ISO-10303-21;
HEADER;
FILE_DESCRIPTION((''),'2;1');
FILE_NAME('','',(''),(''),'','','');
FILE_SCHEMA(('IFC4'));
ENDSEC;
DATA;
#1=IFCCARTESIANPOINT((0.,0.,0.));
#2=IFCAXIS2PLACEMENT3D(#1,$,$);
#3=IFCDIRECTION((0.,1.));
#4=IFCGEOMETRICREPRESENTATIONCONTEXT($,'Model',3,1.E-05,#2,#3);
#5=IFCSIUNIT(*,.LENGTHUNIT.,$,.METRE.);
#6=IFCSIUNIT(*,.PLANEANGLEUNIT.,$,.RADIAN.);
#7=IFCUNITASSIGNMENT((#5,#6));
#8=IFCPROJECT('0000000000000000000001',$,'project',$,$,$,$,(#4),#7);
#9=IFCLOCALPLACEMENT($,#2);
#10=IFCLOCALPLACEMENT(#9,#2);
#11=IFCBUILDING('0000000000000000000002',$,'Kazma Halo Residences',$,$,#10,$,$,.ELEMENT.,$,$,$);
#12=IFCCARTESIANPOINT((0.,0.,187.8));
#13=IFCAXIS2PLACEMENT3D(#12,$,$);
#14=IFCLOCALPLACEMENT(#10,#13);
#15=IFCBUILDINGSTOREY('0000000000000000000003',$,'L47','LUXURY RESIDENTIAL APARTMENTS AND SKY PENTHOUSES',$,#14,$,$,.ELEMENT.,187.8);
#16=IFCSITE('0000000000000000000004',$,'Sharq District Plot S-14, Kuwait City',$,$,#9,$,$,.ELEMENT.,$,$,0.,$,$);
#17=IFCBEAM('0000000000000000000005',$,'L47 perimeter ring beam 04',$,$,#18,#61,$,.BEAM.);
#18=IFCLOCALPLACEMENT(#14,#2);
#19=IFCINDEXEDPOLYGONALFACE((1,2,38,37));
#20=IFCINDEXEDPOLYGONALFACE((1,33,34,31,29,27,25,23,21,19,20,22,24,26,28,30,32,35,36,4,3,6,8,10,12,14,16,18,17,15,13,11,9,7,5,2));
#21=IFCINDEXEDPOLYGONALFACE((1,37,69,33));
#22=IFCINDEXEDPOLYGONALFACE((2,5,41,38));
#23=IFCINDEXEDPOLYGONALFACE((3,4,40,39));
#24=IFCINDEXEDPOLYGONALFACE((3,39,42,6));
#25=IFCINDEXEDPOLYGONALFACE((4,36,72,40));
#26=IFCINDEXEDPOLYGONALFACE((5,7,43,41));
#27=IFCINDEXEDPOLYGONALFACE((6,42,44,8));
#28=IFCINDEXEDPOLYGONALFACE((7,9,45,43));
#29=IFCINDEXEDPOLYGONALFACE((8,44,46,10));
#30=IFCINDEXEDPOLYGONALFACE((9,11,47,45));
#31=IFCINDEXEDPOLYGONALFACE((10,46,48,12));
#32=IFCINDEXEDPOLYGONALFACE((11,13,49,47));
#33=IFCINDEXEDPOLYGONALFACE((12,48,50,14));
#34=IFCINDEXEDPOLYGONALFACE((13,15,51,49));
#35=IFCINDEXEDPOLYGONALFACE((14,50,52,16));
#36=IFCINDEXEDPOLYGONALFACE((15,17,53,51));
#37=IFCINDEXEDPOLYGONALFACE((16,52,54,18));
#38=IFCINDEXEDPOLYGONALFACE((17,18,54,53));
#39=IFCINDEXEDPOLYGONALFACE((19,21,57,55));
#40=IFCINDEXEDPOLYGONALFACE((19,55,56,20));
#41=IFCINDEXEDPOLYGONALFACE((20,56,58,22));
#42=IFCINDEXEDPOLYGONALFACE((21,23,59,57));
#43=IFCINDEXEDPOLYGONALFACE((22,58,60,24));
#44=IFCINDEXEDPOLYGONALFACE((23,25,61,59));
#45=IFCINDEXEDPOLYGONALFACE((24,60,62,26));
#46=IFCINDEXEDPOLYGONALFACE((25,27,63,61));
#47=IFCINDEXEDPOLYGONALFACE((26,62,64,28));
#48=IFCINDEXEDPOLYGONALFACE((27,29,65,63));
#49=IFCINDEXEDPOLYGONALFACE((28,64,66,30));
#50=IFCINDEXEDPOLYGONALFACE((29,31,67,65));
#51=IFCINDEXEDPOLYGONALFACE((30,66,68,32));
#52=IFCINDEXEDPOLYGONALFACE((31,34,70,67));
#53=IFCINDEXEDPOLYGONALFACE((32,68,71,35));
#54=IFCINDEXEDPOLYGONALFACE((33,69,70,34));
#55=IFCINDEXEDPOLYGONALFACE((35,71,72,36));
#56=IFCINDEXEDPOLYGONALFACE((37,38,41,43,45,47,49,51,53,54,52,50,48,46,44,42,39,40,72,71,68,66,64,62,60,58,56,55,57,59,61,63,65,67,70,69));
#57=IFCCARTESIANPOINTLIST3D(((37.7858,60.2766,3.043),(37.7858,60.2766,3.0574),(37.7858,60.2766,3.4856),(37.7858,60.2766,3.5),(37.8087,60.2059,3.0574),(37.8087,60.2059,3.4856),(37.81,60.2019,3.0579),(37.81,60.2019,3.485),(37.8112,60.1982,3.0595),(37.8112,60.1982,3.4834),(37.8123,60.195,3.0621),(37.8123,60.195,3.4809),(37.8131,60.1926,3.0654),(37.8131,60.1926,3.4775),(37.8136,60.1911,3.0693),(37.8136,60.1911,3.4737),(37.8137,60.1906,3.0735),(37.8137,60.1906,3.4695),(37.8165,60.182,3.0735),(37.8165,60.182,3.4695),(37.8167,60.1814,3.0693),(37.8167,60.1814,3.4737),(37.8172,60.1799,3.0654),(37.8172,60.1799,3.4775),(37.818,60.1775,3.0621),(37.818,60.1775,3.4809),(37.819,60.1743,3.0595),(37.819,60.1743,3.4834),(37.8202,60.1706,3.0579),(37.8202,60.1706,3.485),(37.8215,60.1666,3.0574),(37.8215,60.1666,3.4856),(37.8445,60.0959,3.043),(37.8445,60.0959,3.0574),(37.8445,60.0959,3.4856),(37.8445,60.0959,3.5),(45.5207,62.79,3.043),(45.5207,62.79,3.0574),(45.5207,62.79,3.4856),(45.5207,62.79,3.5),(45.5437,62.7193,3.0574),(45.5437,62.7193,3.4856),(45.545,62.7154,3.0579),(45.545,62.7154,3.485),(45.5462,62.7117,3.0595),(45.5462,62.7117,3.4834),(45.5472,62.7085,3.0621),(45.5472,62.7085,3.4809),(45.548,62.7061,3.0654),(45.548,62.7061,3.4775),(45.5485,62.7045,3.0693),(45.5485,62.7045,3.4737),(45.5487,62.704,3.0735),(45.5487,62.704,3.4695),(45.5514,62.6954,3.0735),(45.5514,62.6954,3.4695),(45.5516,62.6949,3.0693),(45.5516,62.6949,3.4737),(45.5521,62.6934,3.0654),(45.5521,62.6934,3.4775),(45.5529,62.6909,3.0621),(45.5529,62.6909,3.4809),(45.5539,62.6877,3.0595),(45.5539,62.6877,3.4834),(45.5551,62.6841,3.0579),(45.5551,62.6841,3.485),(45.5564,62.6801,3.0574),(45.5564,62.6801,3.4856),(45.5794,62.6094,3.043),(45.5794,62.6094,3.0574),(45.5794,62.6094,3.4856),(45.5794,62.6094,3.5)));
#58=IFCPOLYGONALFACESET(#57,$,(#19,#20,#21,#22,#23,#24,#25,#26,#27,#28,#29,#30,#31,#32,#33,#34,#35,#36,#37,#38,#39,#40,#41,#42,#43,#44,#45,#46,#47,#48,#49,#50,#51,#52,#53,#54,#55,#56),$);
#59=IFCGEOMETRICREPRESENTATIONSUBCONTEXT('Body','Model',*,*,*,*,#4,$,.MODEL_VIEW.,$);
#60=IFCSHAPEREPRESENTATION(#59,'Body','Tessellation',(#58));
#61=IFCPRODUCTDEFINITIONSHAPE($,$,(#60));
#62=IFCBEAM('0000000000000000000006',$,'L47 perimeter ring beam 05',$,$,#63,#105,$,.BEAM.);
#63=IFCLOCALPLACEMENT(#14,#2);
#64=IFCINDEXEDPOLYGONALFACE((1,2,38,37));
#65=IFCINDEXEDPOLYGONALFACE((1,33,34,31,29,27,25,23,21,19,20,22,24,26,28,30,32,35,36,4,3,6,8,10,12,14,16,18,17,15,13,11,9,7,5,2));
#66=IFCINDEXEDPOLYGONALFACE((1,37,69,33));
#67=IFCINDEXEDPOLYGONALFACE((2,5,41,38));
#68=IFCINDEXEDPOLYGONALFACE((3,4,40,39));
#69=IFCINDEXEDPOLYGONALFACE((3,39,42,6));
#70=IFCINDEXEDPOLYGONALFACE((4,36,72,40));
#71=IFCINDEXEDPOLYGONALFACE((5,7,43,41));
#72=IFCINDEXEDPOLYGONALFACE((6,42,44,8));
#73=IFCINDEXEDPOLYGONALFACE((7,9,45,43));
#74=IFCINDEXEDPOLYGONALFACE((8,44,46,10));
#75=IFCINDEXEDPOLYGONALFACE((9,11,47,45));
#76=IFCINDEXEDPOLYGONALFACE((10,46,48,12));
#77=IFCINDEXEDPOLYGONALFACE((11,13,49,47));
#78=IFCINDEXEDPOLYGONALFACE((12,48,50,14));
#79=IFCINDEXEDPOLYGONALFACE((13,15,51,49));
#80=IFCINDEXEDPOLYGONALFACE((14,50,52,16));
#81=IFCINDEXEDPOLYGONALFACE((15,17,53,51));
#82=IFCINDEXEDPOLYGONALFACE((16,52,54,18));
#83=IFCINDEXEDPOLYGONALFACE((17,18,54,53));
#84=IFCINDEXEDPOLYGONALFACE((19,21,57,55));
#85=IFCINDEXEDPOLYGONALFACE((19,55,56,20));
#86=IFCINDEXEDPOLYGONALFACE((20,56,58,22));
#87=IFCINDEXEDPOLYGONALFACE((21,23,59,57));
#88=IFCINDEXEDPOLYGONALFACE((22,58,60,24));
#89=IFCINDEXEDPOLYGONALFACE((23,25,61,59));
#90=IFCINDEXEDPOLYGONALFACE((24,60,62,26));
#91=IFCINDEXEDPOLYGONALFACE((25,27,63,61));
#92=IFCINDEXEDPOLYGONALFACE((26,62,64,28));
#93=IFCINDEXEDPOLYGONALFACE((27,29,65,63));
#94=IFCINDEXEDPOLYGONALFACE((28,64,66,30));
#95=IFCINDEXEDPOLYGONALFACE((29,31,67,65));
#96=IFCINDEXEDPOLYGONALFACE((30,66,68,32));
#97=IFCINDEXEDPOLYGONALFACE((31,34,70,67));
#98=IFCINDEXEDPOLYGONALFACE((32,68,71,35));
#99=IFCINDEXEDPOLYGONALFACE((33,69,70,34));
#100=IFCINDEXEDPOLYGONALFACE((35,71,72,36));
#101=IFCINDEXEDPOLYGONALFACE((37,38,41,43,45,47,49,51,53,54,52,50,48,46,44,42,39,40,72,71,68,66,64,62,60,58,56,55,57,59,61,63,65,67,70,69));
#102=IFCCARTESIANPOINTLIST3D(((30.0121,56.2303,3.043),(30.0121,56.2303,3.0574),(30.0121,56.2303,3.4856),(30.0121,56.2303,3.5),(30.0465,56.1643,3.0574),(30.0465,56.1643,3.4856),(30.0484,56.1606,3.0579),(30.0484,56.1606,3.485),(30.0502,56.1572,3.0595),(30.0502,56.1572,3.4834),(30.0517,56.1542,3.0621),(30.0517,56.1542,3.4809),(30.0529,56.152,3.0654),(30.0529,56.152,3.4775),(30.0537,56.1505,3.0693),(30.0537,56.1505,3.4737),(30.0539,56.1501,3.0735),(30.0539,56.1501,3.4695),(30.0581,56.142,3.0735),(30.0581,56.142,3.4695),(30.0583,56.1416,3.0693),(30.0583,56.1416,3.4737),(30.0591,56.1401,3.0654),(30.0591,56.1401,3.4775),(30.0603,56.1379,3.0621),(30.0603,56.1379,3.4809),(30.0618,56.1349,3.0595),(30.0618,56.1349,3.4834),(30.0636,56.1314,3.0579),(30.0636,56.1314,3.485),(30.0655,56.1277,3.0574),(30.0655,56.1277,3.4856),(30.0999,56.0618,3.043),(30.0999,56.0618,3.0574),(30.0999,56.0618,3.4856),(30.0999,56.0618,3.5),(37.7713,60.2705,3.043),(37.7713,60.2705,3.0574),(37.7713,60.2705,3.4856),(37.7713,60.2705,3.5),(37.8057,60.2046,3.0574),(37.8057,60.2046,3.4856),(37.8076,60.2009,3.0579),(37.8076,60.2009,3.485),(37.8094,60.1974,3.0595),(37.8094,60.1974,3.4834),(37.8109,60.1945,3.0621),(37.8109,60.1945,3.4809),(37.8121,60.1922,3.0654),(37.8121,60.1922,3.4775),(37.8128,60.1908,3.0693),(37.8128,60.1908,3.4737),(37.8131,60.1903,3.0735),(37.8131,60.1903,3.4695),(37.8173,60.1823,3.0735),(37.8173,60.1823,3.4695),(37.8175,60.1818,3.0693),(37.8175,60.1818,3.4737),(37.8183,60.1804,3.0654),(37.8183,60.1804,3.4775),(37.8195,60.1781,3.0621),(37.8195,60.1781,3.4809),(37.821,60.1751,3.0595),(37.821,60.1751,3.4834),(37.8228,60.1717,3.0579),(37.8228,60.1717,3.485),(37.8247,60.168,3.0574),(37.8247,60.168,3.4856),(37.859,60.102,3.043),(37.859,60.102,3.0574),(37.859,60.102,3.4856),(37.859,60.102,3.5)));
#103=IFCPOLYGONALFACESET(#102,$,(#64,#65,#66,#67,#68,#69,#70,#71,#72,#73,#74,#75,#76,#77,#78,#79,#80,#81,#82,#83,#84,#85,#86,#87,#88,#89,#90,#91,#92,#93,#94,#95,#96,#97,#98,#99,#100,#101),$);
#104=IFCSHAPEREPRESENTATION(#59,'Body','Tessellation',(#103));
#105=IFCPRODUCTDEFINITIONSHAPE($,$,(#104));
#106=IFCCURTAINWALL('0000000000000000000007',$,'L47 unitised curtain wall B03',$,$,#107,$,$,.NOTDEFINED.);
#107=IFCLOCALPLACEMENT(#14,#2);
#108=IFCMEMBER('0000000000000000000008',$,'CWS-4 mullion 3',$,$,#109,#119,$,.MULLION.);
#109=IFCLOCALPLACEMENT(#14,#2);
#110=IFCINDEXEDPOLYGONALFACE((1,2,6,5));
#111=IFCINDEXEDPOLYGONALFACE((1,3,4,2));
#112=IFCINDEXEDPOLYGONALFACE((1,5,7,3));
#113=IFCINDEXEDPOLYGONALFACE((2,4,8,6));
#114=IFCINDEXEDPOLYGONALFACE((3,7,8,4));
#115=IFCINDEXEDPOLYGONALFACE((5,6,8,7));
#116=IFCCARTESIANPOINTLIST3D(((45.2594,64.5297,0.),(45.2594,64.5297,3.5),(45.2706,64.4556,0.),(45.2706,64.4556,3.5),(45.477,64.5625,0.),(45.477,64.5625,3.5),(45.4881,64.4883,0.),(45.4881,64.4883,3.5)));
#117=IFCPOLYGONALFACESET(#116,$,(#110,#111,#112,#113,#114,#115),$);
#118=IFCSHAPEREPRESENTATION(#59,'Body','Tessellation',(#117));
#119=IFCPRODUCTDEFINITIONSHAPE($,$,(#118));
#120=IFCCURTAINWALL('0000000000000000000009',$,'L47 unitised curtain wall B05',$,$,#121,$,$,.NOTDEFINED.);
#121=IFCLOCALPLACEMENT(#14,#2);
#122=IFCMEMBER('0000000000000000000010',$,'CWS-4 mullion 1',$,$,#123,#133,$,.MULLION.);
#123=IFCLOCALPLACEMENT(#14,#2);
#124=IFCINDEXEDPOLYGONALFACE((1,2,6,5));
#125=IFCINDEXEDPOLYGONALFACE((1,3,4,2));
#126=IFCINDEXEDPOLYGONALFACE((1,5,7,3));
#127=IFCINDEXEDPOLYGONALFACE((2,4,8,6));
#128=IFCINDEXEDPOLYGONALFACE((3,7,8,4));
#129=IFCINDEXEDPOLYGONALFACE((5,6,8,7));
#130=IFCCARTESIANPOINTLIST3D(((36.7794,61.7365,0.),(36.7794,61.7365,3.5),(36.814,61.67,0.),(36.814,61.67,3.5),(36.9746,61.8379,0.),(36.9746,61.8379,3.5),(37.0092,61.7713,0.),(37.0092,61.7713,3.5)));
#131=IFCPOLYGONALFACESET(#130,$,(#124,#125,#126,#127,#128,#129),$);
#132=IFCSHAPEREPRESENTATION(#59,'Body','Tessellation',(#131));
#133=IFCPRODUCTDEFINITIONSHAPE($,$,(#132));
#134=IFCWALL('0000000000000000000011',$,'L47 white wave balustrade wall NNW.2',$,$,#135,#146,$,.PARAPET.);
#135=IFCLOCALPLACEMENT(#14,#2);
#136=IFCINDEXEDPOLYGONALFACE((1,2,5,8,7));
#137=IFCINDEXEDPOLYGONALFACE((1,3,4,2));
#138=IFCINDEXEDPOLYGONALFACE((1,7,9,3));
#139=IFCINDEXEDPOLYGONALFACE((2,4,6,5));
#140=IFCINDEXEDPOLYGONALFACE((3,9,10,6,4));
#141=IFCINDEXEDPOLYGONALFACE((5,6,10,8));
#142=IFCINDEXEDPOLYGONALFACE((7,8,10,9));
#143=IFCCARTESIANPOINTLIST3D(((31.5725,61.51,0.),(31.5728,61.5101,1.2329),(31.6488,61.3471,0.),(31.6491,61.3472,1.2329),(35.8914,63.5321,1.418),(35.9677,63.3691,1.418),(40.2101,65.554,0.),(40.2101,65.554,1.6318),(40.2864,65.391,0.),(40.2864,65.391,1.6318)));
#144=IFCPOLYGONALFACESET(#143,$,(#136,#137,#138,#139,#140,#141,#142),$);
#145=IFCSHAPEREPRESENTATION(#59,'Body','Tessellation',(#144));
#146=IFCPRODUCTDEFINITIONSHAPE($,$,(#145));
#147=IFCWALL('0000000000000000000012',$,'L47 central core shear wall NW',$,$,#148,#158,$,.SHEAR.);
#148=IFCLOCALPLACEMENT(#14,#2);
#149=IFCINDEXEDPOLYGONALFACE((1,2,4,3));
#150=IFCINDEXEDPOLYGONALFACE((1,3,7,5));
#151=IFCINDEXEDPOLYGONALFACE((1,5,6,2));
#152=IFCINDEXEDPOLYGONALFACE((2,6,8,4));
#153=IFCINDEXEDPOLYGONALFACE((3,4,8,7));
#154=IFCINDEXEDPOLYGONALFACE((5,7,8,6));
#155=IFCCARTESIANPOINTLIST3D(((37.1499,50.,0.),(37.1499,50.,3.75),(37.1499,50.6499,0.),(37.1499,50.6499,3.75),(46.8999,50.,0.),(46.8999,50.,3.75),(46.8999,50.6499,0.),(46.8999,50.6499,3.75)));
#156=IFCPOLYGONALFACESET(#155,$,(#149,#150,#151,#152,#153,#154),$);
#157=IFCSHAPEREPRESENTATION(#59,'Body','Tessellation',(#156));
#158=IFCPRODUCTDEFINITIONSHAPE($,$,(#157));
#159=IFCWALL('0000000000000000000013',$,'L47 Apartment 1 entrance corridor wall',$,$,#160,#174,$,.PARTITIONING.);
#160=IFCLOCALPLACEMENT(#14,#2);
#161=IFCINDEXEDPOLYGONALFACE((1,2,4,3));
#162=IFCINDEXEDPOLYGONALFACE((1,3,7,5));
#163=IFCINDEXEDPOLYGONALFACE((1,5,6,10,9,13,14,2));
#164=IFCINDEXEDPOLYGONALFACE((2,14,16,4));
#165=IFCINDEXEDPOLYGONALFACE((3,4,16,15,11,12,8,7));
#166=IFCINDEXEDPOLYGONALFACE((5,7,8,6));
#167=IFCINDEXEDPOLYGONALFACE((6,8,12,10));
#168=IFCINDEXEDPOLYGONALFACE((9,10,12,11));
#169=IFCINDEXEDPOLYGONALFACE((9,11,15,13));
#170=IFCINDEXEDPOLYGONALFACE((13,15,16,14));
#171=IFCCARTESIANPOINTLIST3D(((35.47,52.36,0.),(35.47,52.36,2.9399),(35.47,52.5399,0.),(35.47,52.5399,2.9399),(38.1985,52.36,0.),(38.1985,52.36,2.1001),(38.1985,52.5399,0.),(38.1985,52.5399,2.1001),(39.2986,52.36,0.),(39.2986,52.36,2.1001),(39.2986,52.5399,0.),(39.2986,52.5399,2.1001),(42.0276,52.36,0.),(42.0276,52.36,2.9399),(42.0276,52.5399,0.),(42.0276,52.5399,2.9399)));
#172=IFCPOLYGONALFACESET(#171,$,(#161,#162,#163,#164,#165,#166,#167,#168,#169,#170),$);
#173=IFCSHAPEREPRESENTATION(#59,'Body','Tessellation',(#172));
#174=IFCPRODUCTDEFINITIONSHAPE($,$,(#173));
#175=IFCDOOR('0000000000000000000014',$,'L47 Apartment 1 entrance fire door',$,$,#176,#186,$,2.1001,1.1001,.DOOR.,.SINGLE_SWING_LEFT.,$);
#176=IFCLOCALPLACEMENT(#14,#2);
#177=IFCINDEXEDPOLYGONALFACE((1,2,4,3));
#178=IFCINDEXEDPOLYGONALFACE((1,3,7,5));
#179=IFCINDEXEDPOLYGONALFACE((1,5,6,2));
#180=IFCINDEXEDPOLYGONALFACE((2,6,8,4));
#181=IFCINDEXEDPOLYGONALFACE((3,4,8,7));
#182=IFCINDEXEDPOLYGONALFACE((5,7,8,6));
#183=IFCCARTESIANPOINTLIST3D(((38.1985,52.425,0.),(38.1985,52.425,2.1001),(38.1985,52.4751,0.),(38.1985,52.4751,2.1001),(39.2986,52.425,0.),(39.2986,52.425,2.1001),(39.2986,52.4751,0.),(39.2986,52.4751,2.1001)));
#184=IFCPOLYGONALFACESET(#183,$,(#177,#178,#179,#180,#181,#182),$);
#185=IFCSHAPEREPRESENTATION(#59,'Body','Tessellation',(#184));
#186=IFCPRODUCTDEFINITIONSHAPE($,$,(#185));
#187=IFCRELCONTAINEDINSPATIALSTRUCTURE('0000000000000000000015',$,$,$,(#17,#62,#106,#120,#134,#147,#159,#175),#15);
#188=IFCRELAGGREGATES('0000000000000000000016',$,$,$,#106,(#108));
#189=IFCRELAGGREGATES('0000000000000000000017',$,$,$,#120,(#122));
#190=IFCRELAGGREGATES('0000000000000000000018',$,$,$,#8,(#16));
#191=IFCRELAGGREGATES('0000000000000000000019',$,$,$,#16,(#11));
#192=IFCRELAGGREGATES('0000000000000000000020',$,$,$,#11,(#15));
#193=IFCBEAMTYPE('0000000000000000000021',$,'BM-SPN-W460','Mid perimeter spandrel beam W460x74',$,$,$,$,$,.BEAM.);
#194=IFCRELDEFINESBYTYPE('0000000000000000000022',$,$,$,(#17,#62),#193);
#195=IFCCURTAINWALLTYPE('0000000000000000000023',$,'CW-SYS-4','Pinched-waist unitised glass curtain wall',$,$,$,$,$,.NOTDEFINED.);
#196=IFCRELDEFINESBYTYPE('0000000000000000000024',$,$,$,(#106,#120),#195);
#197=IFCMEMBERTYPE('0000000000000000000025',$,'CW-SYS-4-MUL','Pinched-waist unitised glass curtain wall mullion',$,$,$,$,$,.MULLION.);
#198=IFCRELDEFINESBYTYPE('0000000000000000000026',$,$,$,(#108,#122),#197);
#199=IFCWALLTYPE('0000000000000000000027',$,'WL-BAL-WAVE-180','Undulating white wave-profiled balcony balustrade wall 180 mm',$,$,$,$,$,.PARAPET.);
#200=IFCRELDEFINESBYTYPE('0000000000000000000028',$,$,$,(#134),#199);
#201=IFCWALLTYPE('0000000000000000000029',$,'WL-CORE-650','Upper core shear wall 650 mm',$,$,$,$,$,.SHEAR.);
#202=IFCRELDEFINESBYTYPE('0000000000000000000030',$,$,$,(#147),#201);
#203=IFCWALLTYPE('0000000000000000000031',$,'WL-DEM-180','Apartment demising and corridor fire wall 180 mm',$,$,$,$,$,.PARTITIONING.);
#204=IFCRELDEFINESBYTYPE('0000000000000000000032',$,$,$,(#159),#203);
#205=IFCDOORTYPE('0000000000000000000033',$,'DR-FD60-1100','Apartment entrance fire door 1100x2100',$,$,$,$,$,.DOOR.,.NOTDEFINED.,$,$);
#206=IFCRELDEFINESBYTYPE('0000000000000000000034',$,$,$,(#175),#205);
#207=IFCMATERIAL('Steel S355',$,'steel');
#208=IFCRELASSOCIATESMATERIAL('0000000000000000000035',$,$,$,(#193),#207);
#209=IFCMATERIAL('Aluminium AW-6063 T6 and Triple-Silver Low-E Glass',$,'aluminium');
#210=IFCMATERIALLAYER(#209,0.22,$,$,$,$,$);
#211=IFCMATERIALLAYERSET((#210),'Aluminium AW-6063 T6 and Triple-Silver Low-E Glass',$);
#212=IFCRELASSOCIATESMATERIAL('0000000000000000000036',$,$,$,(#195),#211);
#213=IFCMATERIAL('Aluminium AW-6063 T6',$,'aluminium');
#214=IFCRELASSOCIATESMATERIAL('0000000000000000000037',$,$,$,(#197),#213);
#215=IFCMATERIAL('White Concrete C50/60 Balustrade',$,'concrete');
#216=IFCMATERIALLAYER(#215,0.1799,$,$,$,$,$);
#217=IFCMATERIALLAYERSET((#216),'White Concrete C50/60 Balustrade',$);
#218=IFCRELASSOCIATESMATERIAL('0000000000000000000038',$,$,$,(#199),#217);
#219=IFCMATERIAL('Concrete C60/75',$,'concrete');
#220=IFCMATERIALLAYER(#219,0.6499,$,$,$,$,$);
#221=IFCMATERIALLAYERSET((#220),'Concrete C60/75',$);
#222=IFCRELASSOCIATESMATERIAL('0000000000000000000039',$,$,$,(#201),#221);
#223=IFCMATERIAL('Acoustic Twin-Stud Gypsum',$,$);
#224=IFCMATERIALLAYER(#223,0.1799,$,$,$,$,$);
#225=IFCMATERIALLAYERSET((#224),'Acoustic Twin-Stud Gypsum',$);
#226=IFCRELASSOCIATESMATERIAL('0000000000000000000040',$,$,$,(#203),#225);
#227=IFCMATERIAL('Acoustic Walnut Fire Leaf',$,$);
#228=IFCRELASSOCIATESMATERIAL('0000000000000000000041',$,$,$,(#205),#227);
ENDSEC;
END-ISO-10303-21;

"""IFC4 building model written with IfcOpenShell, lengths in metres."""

from ifc_helpers import new_model, si_unit, direction, frame, frame_2d, origin, origin_2d, place, context, subcontext, project, spatial, polyline, rectangle, i_section, outline, extrude, material, layer, layer_set, material_profile, profile_set, type_object, element, fill, aggregate, save


model = new_model("IFC4")

# Units and contexts
model_context = context("Model", 3, precision=1e-05, world=origin(), true_north=direction((0.0, 1.0)))
body_context = subcontext(model_context, "Body", "Model", "MODEL_VIEW")
ifc_project = project(units=[si_unit("LENGTHUNIT", "METRE"), si_unit("PLANEANGLEUNIT", "RADIAN")], contexts=[model_context])

# Site, building, storey
site_placement = place(None, origin())
site = spatial("IfcSite", under=ifc_project, at=site_placement, Name="Sharq District Plot S-14, Kuwait City", CompositionType="ELEMENT", RefElevation=0.0)
building_placement = place(site_placement, origin())
building = spatial("IfcBuilding", under=site, at=building_placement, Name="Kazma Halo Residences", CompositionType="ELEMENT")
storey_placement = place(building_placement, frame((0.0, 0.0, 187.8)))
storey = spatial("IfcBuildingStorey", under=building, at=storey_placement, Name="L47", Description="LUXURY RESIDENTIAL APARTMENTS AND SKY PENTHOUSES", CompositionType="ELEMENT", Elevation=187.8)

# Beams
ifc_material_1 = material(Name="Steel S355", Category="steel")
ifc_material_profile_1 = material_profile(ifc_material_1, i_section(OverallWidth=0.1899, OverallDepth=0.457, WebThickness=0.009, FlangeThickness=0.0144, FilletRadius=0.0161, at=origin_2d()), Name="W460x74")
ifc_profile_set_1 = profile_set([ifc_material_profile_1], Name="Steel S355")
beam_type_1 = type_object("IfcBeamType", Name="BM-SPN-W460", Description="Mid perimeter spandrel beam W460x74", PredefinedType="BEAM", material=ifc_profile_set_1)
beam_1_placement = place(storey_placement, frame((45.55, 62.6997, 3.2715), z_axis=(-0.951049, -0.309041, 0.0), x_axis=(0.309041, -0.951049, 0.0)))
element("IfcBeam", 1, at=beam_1_placement, inside=storey, type_object=beam_type_1, Name="L47 perimeter ring beam 04", PredefinedType="BEAM", context=body_context, shape_type="SweptSolid", body=[
    extrude(i_section(OverallWidth=0.1899, OverallDepth=0.457, WebThickness=0.009, FlangeThickness=0.0144, FilletRadius=0.0161, at=origin_2d()), origin(), (0.0, 0.0, 1.0), 8.1331),
])
beam_2_placement = place(storey_placement, frame((37.8152, 60.1863, 3.2715), z_axis=(-0.886961, -0.461844, 0.0), x_axis=(0.461844, -0.886961, 0.0)))
element("IfcBeam", 2, at=beam_2_placement, inside=storey, type_object=beam_type_1, Name="L47 perimeter ring beam 05", PredefinedType="BEAM", context=body_context, shape_type="SweptSolid", body=[
    extrude(i_section(OverallWidth=0.1899, OverallDepth=0.457, WebThickness=0.009, FlangeThickness=0.0144, FilletRadius=0.0161, at=origin_2d()), origin(), (0.0, 0.0, 1.0), 8.748),
])

# Curtain walls, members
ifc_material_2 = material(Name="Aluminium AW-6063 T6 and Triple-Silver Low-E Glass", Category="aluminium")
ifc_layer_1 = layer(ifc_material_2, 0.22)
ifc_layer_set_1 = layer_set([ifc_layer_1], Name="Aluminium AW-6063 T6 and Triple-Silver Low-E Glass")
curtain_wall_type = type_object("IfcCurtainWallType", Name="CW-SYS-4", Description="Pinched-waist unitised glass curtain wall", PredefinedType="NOTDEFINED", material=ifc_layer_set_1)
curtain_wall_1_placement = place(storey_placement, origin())
curtain_wall_1 = element("IfcCurtainWall", 3, at=curtain_wall_1_placement, inside=storey, type_object=curtain_wall_type, Name="L47 unitised curtain wall B03", PredefinedType="NOTDEFINED")
ifc_material_3 = material(Name="Aluminium AW-6063 T6", Category="aluminium")
ifc_material_profile_2 = material_profile(ifc_material_3, rectangle(XDim=0.075, YDim=0.22, at=origin_2d()), Name="CWM-75x220")
ifc_profile_set_2 = profile_set([ifc_material_profile_2], Name="Aluminium AW-6063 T6")
member_type = type_object("IfcMemberType", Name="CW-SYS-4-MUL", Description="Pinched-waist unitised glass curtain wall mullion", PredefinedType="MULLION", material=ifc_profile_set_2)
member_1_placement = place(storey_placement, frame((45.3738, 64.509, 0.0), z_axis=(0.0, 0.0, 1.0), x_axis=(0.148773, -0.988871, 0.0)))
member_1 = element("IfcMember", 4, at=member_1_placement, type_object=member_type, Name="CWS-4 mullion 3", PredefinedType="MULLION", context=body_context, shape_type="SweptSolid", body=[
    extrude(rectangle(XDim=0.075, YDim=0.22, at=origin_2d()), origin(), (0.0, 0.0, 1.0), 3.5),
])
aggregate(curtain_wall_1, [member_1])
curtain_wall_2_placement = place(storey_placement, origin())
curtain_wall_2 = element("IfcCurtainWall", 5, at=curtain_wall_2_placement, inside=storey, type_object=curtain_wall_type, Name="L47 unitised curtain wall B05", PredefinedType="NOTDEFINED")
member_2_placement = place(storey_placement, frame((36.8943, 61.7539, 0.0), z_axis=(0.0, 0.0, 1.0), x_axis=(0.460874, -0.887466, 0.0)))
member_2 = element("IfcMember", 6, at=member_2_placement, type_object=member_type, Name="CWS-4 mullion 1", PredefinedType="MULLION", context=body_context, shape_type="SweptSolid", body=[
    extrude(rectangle(XDim=0.075, YDim=0.22, at=origin_2d()), origin(), (0.0, 0.0, 1.0), 3.5),
])
aggregate(curtain_wall_2, [member_2])

# Walls
ifc_material_4 = material(Name="White Concrete C50/60 Balustrade", Category="concrete")
ifc_layer_2 = layer(ifc_material_4, 0.1799)
ifc_layer_set_2 = layer_set([ifc_layer_2], Name="White Concrete C50/60 Balustrade")
wall_type_1 = type_object("IfcWallType", Name="WL-BAL-WAVE-180", Description="Undulating white wave-profiled balcony balustrade wall 180 mm", PredefinedType="PARAPET", material=ifc_layer_set_2)
wall_1_placement = place(storey_placement, frame((40.2483, 65.4724, 0.0), z_axis=(0.0, 0.0, 1.0), x_axis=(-0.905655, -0.424016, 0.0)))
element("IfcWall", 7, at=wall_1_placement, inside=storey, type_object=wall_type_1, Name="L47 white wave balustrade wall NNW.2", PredefinedType="PARAPET", context=body_context, shape_type="SweptSolid", body=[
    extrude(outline(polyline([(0.0, 0.0), (9.5374, 0.0), (9.5371, 1.2329), (4.7686, 1.418), (0.0, 1.6318), (0.0, 0.0)])), frame((0.0, 0.0898, 0.0), z_axis=(0.0, -1.0, 0.0), x_axis=(1.0, 0.0, 0.0)), (0.0, 0.0, 1.0), 0.1799),
])
ifc_material_5 = material(Name="Concrete C60/75", Category="concrete")
ifc_layer_3 = layer(ifc_material_5, 0.6499)
ifc_layer_set_3 = layer_set([ifc_layer_3], Name="Concrete C60/75")
wall_type_2 = type_object("IfcWallType", Name="WL-CORE-650", Description="Upper core shear wall 650 mm", PredefinedType="SHEAR", material=ifc_layer_set_3)
wall_2_placement = place(storey_placement, frame((37.1499, 50.325, 0.0), z_axis=(0.0, 0.0, 1.0), x_axis=(1.0, 0.0, 0.0)))
element("IfcWall", 8, at=wall_2_placement, inside=storey, type_object=wall_type_2, Name="L47 central core shear wall NW", PredefinedType="SHEAR", context=body_context, shape_type="SweptSolid", body=[
    extrude(rectangle(XDim=9.75, YDim=0.6499, at=frame_2d((4.875, 0.0))), origin(), (0.0, 0.0, 1.0), 3.75),
])

# Wall, opening, door
ifc_material_6 = material(Name="Acoustic Twin-Stud Gypsum")
ifc_layer_4 = layer(ifc_material_6, 0.1799)
ifc_layer_set_4 = layer_set([ifc_layer_4], Name="Acoustic Twin-Stud Gypsum")
wall_type_3 = type_object("IfcWallType", Name="WL-DEM-180", Description="Apartment demising and corridor fire wall 180 mm", PredefinedType="PARTITIONING", material=ifc_layer_set_4)
wall_3_placement = place(storey_placement, frame((42.0276, 52.45, 0.0), z_axis=(0.0, 0.0, 1.0), x_axis=(-1.0, 0.0, 0.0)))
wall_3 = element("IfcWall", 9, at=wall_3_placement, inside=storey, type_object=wall_type_3, Name="L47 Apartment 1 entrance corridor wall", PredefinedType="PARTITIONING", context=body_context, shape_type="SweptSolid", body=[
    extrude(rectangle(XDim=6.5576, YDim=0.1799, at=frame_2d((3.2788, 0.0))), origin(), (0.0, 0.0, 1.0), 2.9399),
])
opening_1_placement = place(wall_3_placement, frame((2.729, 0.0, 0.0)))
opening_1 = element("IfcOpeningElement", 10, at=opening_1_placement, cuts=wall_3, PredefinedType="OPENING", context=body_context, shape_type="SweptSolid", body=[
    extrude(rectangle(XDim=1.1001, YDim=2.1001, at=frame_2d((0.55, 1.05))), frame((0.0, 0.0999, 0.0), z_axis=(0.0, -1.0, 0.0), x_axis=(1.0, 0.0, 0.0)), (0.0, 0.0, 1.0), 0.2),
])
ifc_material_7 = material(Name="Acoustic Walnut Fire Leaf")
door_type_1 = type_object("IfcDoorType", Name="DR-FD60-1100", Description="Apartment entrance fire door 1100x2100", OperationType="NOTDEFINED", PredefinedType="DOOR", material=ifc_material_7)
door_1_placement = place(opening_1_placement, origin())
door_1 = element("IfcDoor", 11, at=door_1_placement, inside=storey, type_object=door_type_1, Name="L47 Apartment 1 entrance fire door", OperationType="SINGLE_SWING_LEFT", OverallHeight=2.1001, OverallWidth=1.1001, PredefinedType="DOOR", context=body_context, shape_type="SweptSolid", body=[
    extrude(rectangle(XDim=1.1001, YDim=2.1001, at=frame_2d((0.55, 1.05))), frame((0.0, 0.0249, 0.0), z_axis=(0.0, -1.0, 0.0), x_axis=(1.0, 0.0, 0.0)), (0.0, 0.0, 1.0), 0.05),
])
fill(opening_1, door_1)

save(model, "model.ifc")
